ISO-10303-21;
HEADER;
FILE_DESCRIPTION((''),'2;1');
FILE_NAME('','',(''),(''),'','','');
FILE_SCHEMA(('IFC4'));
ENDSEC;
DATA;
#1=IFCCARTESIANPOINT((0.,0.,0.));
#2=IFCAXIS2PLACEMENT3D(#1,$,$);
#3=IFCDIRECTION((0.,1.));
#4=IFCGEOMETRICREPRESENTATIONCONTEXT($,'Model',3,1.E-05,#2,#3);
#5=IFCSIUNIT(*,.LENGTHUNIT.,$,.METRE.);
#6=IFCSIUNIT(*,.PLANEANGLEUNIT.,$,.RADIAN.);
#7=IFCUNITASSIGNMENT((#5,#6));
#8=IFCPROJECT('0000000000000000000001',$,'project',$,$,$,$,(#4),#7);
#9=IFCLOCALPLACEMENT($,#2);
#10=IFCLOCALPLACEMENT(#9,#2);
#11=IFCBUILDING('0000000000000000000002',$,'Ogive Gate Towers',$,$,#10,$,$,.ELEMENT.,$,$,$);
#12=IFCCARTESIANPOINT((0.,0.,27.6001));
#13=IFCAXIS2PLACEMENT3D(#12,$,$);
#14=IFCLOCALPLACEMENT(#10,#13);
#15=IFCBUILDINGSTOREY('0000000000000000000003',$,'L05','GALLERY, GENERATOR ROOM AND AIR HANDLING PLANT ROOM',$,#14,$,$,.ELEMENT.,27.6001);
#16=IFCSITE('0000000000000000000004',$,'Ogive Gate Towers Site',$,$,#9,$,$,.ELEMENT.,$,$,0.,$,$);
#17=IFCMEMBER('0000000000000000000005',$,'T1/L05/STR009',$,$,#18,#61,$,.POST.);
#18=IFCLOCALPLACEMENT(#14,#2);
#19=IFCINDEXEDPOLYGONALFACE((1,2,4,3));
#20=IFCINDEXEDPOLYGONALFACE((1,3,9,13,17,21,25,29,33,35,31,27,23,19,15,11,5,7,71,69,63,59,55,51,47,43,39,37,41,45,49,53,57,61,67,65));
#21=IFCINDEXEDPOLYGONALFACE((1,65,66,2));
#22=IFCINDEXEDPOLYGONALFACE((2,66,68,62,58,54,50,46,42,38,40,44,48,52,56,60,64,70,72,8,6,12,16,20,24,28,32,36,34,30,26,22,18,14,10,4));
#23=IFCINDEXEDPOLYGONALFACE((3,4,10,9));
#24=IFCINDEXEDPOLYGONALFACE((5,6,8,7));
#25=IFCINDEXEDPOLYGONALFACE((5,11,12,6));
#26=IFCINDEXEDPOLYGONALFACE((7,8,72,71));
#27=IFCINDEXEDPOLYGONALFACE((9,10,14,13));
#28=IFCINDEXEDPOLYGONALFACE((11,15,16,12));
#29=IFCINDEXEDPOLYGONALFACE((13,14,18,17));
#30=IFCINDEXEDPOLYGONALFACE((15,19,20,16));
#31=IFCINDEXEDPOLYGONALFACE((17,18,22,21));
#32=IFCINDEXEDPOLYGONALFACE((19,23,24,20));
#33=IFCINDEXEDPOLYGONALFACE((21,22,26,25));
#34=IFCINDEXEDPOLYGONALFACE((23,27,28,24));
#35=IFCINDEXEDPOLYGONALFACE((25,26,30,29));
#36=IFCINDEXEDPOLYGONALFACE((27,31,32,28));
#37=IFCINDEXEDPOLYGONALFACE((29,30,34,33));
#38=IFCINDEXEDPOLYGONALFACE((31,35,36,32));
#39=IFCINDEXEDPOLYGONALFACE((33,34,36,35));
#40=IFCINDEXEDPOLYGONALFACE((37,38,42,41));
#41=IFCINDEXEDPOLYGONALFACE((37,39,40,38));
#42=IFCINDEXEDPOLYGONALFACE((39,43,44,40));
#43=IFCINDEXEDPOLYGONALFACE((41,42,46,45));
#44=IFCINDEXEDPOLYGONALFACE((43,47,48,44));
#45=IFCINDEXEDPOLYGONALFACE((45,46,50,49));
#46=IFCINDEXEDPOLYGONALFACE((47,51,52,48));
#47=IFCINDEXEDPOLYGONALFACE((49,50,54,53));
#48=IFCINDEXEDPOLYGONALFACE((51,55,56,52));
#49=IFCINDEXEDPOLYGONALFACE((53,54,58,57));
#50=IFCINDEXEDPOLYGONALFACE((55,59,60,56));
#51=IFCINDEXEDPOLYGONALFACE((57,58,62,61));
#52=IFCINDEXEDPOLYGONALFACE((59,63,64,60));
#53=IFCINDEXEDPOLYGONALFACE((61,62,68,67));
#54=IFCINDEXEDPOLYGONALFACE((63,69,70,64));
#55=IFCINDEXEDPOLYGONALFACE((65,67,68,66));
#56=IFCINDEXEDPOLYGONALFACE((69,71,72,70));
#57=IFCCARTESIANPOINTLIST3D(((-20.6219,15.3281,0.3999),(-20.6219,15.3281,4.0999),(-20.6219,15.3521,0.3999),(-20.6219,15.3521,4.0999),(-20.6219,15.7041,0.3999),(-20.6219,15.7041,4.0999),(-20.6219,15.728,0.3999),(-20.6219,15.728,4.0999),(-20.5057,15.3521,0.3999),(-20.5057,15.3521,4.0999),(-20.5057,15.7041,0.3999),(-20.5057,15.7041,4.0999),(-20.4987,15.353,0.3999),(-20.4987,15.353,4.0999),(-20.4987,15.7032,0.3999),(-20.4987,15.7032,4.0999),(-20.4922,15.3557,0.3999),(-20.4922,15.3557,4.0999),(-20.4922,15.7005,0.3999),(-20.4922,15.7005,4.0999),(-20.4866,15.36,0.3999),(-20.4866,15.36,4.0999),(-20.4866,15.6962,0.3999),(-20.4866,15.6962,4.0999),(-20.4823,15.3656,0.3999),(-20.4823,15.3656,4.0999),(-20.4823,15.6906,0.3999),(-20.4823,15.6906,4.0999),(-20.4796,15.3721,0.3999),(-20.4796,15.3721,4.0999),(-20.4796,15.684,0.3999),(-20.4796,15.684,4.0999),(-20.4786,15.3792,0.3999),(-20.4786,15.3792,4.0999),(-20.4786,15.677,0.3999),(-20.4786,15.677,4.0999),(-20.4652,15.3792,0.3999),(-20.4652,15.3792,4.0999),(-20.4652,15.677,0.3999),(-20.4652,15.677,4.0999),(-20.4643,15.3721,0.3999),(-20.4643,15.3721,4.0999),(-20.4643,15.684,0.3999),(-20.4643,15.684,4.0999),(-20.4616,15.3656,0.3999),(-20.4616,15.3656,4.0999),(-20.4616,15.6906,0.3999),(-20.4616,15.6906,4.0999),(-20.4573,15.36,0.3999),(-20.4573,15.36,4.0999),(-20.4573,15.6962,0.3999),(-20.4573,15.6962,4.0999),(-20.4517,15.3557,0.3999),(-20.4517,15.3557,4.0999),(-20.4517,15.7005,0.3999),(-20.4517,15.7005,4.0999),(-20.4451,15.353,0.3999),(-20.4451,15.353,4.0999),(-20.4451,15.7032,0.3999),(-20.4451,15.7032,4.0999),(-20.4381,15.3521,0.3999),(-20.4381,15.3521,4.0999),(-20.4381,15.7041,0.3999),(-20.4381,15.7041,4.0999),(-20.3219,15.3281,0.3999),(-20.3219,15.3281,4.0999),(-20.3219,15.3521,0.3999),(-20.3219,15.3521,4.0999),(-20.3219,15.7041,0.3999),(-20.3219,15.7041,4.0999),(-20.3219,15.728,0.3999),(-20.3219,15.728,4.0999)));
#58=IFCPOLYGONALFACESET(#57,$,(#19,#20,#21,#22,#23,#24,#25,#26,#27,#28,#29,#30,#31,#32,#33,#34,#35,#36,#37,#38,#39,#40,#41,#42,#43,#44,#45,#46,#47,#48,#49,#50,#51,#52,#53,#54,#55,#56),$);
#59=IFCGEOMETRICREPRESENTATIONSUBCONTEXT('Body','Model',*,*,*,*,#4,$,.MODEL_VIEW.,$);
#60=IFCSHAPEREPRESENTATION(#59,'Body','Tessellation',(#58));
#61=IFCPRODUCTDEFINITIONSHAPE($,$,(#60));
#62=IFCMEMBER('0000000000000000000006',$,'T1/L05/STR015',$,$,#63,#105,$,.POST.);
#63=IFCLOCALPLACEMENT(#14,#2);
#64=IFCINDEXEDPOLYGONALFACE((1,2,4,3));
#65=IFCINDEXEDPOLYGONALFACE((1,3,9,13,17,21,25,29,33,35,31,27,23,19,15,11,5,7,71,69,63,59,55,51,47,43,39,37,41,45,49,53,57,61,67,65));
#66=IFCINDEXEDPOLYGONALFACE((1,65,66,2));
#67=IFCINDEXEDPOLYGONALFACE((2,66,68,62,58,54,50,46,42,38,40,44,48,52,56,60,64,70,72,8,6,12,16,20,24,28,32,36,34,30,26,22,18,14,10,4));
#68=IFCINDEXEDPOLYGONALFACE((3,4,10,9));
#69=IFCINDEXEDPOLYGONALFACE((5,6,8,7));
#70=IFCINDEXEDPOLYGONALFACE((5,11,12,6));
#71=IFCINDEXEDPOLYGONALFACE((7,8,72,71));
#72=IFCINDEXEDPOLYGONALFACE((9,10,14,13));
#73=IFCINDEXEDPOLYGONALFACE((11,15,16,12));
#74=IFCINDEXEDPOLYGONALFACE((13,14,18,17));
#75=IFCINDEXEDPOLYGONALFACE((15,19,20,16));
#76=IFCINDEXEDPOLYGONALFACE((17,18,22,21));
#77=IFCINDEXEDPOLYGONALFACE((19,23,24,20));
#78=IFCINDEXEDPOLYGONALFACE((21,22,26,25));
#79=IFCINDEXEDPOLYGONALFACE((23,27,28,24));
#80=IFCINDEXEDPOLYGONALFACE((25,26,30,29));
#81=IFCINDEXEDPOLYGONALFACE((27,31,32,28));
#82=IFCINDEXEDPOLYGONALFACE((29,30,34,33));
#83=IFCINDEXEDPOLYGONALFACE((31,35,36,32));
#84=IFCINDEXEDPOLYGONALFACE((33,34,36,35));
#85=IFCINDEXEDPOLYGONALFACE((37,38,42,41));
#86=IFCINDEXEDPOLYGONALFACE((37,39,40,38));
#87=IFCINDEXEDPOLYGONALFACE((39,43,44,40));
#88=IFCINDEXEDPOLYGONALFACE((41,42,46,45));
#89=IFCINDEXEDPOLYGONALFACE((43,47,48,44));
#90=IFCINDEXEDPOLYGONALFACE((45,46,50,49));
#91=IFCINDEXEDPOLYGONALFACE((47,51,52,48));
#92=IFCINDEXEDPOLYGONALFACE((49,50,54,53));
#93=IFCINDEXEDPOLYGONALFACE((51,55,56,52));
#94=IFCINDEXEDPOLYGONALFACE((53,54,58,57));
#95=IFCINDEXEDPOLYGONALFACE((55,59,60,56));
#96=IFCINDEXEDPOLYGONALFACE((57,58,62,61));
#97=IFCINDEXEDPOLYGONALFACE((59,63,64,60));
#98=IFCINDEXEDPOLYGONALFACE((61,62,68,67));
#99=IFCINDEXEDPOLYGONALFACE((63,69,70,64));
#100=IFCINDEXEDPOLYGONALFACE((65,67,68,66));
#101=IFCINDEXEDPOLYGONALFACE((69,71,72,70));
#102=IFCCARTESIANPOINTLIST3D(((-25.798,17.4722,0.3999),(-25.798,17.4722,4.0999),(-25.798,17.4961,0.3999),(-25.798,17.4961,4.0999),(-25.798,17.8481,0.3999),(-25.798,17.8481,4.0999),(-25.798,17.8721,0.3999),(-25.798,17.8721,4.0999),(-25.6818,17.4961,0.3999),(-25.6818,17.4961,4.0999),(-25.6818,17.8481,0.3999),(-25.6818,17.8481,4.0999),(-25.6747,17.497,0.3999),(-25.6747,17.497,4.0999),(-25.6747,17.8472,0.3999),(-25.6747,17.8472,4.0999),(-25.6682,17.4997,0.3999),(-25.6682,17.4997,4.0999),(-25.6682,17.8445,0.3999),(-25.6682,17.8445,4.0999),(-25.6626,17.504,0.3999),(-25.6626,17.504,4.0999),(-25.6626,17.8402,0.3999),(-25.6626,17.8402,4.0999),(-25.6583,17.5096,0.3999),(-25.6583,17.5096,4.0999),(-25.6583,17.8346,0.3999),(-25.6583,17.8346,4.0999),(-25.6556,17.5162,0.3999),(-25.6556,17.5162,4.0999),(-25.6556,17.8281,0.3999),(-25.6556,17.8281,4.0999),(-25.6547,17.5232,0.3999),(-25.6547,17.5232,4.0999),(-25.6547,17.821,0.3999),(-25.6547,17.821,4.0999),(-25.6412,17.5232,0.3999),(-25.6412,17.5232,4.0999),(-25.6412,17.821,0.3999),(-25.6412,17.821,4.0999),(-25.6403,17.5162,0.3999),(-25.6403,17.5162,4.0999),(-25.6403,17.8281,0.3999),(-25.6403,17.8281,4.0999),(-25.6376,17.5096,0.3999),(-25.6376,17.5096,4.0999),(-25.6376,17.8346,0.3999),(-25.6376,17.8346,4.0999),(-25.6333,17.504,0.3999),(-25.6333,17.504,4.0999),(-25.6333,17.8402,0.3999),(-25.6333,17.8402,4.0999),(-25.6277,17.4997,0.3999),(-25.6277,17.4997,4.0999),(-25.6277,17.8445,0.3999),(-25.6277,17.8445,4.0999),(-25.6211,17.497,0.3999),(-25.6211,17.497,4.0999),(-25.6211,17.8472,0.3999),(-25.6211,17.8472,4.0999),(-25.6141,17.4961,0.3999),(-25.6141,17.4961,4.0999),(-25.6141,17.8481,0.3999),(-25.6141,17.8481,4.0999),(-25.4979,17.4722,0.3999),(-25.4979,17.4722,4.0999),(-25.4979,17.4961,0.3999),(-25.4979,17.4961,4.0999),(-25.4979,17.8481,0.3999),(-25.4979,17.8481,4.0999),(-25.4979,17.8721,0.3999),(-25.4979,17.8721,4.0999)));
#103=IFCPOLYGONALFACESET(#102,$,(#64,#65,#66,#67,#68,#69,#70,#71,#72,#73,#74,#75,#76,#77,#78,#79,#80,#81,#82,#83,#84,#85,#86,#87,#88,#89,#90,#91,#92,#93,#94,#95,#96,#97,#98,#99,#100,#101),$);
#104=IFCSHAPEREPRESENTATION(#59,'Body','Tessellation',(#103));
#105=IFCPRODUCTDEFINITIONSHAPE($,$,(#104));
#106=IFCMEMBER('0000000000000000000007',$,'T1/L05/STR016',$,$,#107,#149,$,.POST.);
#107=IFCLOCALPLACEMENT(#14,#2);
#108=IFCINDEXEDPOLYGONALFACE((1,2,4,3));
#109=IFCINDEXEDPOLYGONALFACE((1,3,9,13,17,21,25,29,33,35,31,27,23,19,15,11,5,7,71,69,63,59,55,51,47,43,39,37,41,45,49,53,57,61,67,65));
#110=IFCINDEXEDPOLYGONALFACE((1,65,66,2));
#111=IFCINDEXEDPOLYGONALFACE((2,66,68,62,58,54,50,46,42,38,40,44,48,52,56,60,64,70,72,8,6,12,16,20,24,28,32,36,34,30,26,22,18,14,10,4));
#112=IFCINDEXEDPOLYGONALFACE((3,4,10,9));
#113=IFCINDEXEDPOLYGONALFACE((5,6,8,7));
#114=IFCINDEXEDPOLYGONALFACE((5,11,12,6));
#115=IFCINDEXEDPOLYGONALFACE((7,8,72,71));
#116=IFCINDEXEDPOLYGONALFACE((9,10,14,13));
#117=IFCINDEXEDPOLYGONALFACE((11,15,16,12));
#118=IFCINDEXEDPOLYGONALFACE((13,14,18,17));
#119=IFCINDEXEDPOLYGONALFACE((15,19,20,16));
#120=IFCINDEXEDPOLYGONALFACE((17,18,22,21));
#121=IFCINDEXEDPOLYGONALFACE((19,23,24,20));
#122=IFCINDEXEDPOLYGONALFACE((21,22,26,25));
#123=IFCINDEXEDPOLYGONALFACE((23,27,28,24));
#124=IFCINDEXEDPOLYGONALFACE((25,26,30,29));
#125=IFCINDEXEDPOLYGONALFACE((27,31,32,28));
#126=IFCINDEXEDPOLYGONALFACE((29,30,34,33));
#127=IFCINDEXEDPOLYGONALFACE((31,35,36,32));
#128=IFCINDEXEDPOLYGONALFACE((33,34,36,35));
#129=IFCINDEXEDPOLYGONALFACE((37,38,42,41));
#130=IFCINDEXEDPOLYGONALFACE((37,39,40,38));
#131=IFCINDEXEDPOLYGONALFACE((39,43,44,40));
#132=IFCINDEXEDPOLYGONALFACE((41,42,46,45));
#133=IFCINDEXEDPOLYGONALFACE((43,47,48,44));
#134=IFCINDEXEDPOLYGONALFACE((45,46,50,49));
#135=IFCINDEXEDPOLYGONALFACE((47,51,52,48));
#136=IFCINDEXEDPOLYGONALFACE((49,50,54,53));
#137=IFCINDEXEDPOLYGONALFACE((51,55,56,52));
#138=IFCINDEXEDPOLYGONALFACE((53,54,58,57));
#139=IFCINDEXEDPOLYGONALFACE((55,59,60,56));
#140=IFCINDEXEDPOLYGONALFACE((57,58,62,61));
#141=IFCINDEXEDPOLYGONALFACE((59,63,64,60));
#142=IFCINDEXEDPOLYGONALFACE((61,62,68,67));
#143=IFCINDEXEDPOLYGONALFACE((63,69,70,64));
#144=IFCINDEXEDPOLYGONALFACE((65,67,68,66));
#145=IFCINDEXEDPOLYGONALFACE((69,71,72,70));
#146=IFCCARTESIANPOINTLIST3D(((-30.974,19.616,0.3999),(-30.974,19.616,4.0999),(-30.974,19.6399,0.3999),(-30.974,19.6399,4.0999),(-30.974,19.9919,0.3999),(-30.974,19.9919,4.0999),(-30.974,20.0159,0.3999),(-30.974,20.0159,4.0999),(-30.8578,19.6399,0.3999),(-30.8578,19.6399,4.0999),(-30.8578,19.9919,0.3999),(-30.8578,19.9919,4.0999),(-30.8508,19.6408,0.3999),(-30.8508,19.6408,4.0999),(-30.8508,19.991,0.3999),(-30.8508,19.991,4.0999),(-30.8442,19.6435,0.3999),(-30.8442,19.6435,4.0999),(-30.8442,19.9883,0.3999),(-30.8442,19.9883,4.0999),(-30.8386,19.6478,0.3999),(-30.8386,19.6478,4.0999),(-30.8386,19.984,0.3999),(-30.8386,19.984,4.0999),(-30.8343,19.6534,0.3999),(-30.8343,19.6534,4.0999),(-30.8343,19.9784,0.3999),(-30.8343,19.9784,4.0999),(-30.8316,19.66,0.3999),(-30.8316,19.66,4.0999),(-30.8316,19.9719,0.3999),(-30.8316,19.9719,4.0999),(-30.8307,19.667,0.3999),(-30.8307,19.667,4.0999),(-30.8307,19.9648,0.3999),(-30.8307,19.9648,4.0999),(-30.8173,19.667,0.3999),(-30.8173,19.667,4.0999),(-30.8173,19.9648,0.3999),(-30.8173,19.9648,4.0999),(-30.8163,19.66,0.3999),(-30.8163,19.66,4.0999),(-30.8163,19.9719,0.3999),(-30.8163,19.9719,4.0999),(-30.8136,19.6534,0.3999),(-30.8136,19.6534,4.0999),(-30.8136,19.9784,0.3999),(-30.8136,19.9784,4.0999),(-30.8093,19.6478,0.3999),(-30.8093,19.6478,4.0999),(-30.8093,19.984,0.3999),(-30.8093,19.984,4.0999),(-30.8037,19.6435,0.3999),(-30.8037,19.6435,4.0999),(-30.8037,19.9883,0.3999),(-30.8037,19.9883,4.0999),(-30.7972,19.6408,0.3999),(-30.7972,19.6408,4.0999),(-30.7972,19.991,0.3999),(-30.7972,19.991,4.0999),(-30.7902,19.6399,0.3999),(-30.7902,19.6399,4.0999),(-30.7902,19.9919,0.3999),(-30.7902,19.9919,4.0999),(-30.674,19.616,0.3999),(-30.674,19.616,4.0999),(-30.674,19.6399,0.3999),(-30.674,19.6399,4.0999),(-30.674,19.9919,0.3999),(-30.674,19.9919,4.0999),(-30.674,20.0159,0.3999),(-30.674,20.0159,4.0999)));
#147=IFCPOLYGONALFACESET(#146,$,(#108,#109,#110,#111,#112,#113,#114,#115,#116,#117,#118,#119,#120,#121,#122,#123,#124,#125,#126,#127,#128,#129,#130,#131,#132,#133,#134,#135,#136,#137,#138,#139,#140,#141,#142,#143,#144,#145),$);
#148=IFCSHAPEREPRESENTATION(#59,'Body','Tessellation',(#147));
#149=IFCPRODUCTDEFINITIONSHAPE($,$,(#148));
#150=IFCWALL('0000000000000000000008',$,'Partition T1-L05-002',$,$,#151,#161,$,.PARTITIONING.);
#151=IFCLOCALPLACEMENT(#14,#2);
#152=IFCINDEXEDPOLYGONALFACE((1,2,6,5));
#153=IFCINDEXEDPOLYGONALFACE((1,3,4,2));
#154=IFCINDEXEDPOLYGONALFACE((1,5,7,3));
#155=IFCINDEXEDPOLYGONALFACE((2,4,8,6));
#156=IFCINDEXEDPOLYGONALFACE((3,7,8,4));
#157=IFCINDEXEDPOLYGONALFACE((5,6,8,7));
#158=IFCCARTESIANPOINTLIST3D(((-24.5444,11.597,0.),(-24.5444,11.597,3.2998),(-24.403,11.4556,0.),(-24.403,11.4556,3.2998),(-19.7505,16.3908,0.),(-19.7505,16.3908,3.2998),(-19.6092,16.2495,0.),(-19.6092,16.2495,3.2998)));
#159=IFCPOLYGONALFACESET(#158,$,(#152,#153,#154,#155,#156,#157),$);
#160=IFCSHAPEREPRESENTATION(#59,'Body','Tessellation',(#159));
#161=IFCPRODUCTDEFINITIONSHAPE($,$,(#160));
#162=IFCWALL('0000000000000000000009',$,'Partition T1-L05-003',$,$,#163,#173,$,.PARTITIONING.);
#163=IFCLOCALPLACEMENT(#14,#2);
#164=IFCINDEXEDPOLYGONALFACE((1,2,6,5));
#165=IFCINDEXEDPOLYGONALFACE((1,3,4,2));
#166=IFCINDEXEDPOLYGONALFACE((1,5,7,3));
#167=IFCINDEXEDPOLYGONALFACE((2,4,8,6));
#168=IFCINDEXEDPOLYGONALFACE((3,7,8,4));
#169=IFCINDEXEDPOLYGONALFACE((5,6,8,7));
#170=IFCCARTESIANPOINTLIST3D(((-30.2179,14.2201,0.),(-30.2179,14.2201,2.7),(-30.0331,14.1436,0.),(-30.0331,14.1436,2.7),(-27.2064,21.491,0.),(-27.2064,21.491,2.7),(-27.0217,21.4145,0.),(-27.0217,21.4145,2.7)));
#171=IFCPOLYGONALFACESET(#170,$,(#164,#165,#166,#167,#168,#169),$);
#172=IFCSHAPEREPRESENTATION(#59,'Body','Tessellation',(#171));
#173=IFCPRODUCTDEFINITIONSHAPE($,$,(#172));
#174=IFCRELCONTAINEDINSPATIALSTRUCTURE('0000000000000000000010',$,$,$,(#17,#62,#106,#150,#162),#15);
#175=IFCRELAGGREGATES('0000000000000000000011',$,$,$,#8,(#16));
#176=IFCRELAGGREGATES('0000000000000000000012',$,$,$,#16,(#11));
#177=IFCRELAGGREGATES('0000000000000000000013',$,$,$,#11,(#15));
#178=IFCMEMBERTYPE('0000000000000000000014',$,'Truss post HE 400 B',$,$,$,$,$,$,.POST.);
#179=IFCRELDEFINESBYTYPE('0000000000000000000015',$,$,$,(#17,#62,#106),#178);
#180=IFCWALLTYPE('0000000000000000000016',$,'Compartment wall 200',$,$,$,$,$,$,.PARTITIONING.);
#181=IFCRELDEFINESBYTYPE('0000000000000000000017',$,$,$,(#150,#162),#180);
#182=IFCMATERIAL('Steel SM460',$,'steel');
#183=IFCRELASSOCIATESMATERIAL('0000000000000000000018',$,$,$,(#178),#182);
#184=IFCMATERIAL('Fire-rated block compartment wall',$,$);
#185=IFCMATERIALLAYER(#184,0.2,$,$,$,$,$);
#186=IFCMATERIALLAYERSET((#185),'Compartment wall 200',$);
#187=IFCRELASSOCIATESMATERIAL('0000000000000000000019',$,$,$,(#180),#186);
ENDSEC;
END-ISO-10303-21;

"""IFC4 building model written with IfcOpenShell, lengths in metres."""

from ifc_helpers import new_model, si_unit, direction, frame, frame_2d, origin, origin_2d, place, context, subcontext, project, spatial, rectangle, i_section, extrude, material, layer, layer_set, material_profile, profile_set, type_object, element, save


model = new_model("IFC4")

# Units and contexts
model_context = context("Model", 3, precision=1e-05, world=origin(), true_north=direction((0.0, 1.0)))
body_context = subcontext(model_context, "Body", "Model", "MODEL_VIEW")
ifc_project = project(units=[si_unit("LENGTHUNIT", "METRE"), si_unit("PLANEANGLEUNIT", "RADIAN")], contexts=[model_context])

# Site, building, storey
site_placement = place(None, origin())
site = spatial("IfcSite", under=ifc_project, at=site_placement, Name="Ogive Gate Towers Site", CompositionType="ELEMENT", RefElevation=0.0)
building_placement = place(site_placement, origin())
building = spatial("IfcBuilding", under=site, at=building_placement, Name="Ogive Gate Towers", CompositionType="ELEMENT")
storey_placement = place(building_placement, frame((0.0, 0.0, 27.6001)))
storey = spatial("IfcBuildingStorey", under=building, at=storey_placement, Name="L05", Description="GALLERY, GENERATOR ROOM AND AIR HANDLING PLANT ROOM", CompositionType="ELEMENT", Elevation=27.6001)

# Shared definitions
ifc_material_1 = material(Name="Steel SM460", Category="steel")

# Members
ifc_material_profile_1 = material_profile(ifc_material_1, i_section(OverallWidth=0.3, OverallDepth=0.3999, WebThickness=0.0134, FlangeThickness=0.0239, FilletRadius=0.0271, at=origin_2d()), Name="HE 400 B")
ifc_profile_set_1 = profile_set([ifc_material_profile_1], Name="Steel SM460")
member_type_1 = type_object("IfcMemberType", Name="Truss post HE 400 B", PredefinedType="POST", material=ifc_profile_set_1)
for number, where, z_axis, x_axis, name in (
    (1, (-20.4719, 15.5281, 0.3999), (0.0, 0.0, 1.0), (1.0, 0.0, 0.0), "T1/L05/STR009"),
    (2, (-25.6479, 17.6721, 0.3999), (0.0, 0.0, 1.0), (1.0, 0.0, 0.0), "T1/L05/STR015"),
    (3, (-30.824, 19.8159, 0.3999), (0.0, 0.0, 1.0), (1.0, 0.0, 0.0), "T1/L05/STR016"),
):
    element("IfcMember", number, at=place(storey_placement, frame(where, z_axis=z_axis, x_axis=x_axis)), inside=storey, type_object=member_type_1, Name=name, PredefinedType="POST", context=body_context, shape_type="SweptSolid", body=[
        extrude(i_section(OverallWidth=0.3, OverallDepth=0.3999, WebThickness=0.0134, FlangeThickness=0.0239, FilletRadius=0.0271, at=origin_2d()), origin(), (0.0, 0.0, 1.0), 3.7),
    ])

# Walls
ifc_material_2 = material(Name="Fire-rated block compartment wall")
ifc_layer_1 = layer(ifc_material_2, 0.2)
ifc_layer_set_1 = layer_set([ifc_layer_1], Name="Compartment wall 200")
wall_type_1 = type_object("IfcWallType", Name="Compartment wall 200", PredefinedType="PARTITIONING", material=ifc_layer_set_1)
wall_1_placement = place(storey_placement, frame((-19.6799, 16.3201, 0.0), z_axis=(0.0, 0.0, 1.0), x_axis=(-0.707107, -0.707107, 0.0)))
element("IfcWall", 4, at=wall_1_placement, inside=storey, type_object=wall_type_1, Name="Partition T1-L05-002", PredefinedType="PARTITIONING", context=body_context, shape_type="SweptSolid", body=[
    extrude(rectangle(XDim=6.7795, YDim=0.2, at=frame_2d((3.3896, 0.0))), origin(), (0.0, 0.0, 1.0), 3.2998),
])
wall_2_placement = place(storey_placement, frame((-27.114, 21.4529, 0.0), z_axis=(0.0, 0.0, 1.0), x_axis=(-0.382654, -0.923892, 0.0)))
element("IfcWall", 5, at=wall_2_placement, inside=storey, type_object=wall_type_1, Name="Partition T1-L05-003", PredefinedType="PARTITIONING", context=body_context, shape_type="SweptSolid", body=[
    extrude(rectangle(XDim=7.8699, YDim=0.2, at=frame_2d((3.9351, 0.0))), origin(), (0.0, 0.0, 1.0), 2.7),
])

save(model, "model.ifc")
